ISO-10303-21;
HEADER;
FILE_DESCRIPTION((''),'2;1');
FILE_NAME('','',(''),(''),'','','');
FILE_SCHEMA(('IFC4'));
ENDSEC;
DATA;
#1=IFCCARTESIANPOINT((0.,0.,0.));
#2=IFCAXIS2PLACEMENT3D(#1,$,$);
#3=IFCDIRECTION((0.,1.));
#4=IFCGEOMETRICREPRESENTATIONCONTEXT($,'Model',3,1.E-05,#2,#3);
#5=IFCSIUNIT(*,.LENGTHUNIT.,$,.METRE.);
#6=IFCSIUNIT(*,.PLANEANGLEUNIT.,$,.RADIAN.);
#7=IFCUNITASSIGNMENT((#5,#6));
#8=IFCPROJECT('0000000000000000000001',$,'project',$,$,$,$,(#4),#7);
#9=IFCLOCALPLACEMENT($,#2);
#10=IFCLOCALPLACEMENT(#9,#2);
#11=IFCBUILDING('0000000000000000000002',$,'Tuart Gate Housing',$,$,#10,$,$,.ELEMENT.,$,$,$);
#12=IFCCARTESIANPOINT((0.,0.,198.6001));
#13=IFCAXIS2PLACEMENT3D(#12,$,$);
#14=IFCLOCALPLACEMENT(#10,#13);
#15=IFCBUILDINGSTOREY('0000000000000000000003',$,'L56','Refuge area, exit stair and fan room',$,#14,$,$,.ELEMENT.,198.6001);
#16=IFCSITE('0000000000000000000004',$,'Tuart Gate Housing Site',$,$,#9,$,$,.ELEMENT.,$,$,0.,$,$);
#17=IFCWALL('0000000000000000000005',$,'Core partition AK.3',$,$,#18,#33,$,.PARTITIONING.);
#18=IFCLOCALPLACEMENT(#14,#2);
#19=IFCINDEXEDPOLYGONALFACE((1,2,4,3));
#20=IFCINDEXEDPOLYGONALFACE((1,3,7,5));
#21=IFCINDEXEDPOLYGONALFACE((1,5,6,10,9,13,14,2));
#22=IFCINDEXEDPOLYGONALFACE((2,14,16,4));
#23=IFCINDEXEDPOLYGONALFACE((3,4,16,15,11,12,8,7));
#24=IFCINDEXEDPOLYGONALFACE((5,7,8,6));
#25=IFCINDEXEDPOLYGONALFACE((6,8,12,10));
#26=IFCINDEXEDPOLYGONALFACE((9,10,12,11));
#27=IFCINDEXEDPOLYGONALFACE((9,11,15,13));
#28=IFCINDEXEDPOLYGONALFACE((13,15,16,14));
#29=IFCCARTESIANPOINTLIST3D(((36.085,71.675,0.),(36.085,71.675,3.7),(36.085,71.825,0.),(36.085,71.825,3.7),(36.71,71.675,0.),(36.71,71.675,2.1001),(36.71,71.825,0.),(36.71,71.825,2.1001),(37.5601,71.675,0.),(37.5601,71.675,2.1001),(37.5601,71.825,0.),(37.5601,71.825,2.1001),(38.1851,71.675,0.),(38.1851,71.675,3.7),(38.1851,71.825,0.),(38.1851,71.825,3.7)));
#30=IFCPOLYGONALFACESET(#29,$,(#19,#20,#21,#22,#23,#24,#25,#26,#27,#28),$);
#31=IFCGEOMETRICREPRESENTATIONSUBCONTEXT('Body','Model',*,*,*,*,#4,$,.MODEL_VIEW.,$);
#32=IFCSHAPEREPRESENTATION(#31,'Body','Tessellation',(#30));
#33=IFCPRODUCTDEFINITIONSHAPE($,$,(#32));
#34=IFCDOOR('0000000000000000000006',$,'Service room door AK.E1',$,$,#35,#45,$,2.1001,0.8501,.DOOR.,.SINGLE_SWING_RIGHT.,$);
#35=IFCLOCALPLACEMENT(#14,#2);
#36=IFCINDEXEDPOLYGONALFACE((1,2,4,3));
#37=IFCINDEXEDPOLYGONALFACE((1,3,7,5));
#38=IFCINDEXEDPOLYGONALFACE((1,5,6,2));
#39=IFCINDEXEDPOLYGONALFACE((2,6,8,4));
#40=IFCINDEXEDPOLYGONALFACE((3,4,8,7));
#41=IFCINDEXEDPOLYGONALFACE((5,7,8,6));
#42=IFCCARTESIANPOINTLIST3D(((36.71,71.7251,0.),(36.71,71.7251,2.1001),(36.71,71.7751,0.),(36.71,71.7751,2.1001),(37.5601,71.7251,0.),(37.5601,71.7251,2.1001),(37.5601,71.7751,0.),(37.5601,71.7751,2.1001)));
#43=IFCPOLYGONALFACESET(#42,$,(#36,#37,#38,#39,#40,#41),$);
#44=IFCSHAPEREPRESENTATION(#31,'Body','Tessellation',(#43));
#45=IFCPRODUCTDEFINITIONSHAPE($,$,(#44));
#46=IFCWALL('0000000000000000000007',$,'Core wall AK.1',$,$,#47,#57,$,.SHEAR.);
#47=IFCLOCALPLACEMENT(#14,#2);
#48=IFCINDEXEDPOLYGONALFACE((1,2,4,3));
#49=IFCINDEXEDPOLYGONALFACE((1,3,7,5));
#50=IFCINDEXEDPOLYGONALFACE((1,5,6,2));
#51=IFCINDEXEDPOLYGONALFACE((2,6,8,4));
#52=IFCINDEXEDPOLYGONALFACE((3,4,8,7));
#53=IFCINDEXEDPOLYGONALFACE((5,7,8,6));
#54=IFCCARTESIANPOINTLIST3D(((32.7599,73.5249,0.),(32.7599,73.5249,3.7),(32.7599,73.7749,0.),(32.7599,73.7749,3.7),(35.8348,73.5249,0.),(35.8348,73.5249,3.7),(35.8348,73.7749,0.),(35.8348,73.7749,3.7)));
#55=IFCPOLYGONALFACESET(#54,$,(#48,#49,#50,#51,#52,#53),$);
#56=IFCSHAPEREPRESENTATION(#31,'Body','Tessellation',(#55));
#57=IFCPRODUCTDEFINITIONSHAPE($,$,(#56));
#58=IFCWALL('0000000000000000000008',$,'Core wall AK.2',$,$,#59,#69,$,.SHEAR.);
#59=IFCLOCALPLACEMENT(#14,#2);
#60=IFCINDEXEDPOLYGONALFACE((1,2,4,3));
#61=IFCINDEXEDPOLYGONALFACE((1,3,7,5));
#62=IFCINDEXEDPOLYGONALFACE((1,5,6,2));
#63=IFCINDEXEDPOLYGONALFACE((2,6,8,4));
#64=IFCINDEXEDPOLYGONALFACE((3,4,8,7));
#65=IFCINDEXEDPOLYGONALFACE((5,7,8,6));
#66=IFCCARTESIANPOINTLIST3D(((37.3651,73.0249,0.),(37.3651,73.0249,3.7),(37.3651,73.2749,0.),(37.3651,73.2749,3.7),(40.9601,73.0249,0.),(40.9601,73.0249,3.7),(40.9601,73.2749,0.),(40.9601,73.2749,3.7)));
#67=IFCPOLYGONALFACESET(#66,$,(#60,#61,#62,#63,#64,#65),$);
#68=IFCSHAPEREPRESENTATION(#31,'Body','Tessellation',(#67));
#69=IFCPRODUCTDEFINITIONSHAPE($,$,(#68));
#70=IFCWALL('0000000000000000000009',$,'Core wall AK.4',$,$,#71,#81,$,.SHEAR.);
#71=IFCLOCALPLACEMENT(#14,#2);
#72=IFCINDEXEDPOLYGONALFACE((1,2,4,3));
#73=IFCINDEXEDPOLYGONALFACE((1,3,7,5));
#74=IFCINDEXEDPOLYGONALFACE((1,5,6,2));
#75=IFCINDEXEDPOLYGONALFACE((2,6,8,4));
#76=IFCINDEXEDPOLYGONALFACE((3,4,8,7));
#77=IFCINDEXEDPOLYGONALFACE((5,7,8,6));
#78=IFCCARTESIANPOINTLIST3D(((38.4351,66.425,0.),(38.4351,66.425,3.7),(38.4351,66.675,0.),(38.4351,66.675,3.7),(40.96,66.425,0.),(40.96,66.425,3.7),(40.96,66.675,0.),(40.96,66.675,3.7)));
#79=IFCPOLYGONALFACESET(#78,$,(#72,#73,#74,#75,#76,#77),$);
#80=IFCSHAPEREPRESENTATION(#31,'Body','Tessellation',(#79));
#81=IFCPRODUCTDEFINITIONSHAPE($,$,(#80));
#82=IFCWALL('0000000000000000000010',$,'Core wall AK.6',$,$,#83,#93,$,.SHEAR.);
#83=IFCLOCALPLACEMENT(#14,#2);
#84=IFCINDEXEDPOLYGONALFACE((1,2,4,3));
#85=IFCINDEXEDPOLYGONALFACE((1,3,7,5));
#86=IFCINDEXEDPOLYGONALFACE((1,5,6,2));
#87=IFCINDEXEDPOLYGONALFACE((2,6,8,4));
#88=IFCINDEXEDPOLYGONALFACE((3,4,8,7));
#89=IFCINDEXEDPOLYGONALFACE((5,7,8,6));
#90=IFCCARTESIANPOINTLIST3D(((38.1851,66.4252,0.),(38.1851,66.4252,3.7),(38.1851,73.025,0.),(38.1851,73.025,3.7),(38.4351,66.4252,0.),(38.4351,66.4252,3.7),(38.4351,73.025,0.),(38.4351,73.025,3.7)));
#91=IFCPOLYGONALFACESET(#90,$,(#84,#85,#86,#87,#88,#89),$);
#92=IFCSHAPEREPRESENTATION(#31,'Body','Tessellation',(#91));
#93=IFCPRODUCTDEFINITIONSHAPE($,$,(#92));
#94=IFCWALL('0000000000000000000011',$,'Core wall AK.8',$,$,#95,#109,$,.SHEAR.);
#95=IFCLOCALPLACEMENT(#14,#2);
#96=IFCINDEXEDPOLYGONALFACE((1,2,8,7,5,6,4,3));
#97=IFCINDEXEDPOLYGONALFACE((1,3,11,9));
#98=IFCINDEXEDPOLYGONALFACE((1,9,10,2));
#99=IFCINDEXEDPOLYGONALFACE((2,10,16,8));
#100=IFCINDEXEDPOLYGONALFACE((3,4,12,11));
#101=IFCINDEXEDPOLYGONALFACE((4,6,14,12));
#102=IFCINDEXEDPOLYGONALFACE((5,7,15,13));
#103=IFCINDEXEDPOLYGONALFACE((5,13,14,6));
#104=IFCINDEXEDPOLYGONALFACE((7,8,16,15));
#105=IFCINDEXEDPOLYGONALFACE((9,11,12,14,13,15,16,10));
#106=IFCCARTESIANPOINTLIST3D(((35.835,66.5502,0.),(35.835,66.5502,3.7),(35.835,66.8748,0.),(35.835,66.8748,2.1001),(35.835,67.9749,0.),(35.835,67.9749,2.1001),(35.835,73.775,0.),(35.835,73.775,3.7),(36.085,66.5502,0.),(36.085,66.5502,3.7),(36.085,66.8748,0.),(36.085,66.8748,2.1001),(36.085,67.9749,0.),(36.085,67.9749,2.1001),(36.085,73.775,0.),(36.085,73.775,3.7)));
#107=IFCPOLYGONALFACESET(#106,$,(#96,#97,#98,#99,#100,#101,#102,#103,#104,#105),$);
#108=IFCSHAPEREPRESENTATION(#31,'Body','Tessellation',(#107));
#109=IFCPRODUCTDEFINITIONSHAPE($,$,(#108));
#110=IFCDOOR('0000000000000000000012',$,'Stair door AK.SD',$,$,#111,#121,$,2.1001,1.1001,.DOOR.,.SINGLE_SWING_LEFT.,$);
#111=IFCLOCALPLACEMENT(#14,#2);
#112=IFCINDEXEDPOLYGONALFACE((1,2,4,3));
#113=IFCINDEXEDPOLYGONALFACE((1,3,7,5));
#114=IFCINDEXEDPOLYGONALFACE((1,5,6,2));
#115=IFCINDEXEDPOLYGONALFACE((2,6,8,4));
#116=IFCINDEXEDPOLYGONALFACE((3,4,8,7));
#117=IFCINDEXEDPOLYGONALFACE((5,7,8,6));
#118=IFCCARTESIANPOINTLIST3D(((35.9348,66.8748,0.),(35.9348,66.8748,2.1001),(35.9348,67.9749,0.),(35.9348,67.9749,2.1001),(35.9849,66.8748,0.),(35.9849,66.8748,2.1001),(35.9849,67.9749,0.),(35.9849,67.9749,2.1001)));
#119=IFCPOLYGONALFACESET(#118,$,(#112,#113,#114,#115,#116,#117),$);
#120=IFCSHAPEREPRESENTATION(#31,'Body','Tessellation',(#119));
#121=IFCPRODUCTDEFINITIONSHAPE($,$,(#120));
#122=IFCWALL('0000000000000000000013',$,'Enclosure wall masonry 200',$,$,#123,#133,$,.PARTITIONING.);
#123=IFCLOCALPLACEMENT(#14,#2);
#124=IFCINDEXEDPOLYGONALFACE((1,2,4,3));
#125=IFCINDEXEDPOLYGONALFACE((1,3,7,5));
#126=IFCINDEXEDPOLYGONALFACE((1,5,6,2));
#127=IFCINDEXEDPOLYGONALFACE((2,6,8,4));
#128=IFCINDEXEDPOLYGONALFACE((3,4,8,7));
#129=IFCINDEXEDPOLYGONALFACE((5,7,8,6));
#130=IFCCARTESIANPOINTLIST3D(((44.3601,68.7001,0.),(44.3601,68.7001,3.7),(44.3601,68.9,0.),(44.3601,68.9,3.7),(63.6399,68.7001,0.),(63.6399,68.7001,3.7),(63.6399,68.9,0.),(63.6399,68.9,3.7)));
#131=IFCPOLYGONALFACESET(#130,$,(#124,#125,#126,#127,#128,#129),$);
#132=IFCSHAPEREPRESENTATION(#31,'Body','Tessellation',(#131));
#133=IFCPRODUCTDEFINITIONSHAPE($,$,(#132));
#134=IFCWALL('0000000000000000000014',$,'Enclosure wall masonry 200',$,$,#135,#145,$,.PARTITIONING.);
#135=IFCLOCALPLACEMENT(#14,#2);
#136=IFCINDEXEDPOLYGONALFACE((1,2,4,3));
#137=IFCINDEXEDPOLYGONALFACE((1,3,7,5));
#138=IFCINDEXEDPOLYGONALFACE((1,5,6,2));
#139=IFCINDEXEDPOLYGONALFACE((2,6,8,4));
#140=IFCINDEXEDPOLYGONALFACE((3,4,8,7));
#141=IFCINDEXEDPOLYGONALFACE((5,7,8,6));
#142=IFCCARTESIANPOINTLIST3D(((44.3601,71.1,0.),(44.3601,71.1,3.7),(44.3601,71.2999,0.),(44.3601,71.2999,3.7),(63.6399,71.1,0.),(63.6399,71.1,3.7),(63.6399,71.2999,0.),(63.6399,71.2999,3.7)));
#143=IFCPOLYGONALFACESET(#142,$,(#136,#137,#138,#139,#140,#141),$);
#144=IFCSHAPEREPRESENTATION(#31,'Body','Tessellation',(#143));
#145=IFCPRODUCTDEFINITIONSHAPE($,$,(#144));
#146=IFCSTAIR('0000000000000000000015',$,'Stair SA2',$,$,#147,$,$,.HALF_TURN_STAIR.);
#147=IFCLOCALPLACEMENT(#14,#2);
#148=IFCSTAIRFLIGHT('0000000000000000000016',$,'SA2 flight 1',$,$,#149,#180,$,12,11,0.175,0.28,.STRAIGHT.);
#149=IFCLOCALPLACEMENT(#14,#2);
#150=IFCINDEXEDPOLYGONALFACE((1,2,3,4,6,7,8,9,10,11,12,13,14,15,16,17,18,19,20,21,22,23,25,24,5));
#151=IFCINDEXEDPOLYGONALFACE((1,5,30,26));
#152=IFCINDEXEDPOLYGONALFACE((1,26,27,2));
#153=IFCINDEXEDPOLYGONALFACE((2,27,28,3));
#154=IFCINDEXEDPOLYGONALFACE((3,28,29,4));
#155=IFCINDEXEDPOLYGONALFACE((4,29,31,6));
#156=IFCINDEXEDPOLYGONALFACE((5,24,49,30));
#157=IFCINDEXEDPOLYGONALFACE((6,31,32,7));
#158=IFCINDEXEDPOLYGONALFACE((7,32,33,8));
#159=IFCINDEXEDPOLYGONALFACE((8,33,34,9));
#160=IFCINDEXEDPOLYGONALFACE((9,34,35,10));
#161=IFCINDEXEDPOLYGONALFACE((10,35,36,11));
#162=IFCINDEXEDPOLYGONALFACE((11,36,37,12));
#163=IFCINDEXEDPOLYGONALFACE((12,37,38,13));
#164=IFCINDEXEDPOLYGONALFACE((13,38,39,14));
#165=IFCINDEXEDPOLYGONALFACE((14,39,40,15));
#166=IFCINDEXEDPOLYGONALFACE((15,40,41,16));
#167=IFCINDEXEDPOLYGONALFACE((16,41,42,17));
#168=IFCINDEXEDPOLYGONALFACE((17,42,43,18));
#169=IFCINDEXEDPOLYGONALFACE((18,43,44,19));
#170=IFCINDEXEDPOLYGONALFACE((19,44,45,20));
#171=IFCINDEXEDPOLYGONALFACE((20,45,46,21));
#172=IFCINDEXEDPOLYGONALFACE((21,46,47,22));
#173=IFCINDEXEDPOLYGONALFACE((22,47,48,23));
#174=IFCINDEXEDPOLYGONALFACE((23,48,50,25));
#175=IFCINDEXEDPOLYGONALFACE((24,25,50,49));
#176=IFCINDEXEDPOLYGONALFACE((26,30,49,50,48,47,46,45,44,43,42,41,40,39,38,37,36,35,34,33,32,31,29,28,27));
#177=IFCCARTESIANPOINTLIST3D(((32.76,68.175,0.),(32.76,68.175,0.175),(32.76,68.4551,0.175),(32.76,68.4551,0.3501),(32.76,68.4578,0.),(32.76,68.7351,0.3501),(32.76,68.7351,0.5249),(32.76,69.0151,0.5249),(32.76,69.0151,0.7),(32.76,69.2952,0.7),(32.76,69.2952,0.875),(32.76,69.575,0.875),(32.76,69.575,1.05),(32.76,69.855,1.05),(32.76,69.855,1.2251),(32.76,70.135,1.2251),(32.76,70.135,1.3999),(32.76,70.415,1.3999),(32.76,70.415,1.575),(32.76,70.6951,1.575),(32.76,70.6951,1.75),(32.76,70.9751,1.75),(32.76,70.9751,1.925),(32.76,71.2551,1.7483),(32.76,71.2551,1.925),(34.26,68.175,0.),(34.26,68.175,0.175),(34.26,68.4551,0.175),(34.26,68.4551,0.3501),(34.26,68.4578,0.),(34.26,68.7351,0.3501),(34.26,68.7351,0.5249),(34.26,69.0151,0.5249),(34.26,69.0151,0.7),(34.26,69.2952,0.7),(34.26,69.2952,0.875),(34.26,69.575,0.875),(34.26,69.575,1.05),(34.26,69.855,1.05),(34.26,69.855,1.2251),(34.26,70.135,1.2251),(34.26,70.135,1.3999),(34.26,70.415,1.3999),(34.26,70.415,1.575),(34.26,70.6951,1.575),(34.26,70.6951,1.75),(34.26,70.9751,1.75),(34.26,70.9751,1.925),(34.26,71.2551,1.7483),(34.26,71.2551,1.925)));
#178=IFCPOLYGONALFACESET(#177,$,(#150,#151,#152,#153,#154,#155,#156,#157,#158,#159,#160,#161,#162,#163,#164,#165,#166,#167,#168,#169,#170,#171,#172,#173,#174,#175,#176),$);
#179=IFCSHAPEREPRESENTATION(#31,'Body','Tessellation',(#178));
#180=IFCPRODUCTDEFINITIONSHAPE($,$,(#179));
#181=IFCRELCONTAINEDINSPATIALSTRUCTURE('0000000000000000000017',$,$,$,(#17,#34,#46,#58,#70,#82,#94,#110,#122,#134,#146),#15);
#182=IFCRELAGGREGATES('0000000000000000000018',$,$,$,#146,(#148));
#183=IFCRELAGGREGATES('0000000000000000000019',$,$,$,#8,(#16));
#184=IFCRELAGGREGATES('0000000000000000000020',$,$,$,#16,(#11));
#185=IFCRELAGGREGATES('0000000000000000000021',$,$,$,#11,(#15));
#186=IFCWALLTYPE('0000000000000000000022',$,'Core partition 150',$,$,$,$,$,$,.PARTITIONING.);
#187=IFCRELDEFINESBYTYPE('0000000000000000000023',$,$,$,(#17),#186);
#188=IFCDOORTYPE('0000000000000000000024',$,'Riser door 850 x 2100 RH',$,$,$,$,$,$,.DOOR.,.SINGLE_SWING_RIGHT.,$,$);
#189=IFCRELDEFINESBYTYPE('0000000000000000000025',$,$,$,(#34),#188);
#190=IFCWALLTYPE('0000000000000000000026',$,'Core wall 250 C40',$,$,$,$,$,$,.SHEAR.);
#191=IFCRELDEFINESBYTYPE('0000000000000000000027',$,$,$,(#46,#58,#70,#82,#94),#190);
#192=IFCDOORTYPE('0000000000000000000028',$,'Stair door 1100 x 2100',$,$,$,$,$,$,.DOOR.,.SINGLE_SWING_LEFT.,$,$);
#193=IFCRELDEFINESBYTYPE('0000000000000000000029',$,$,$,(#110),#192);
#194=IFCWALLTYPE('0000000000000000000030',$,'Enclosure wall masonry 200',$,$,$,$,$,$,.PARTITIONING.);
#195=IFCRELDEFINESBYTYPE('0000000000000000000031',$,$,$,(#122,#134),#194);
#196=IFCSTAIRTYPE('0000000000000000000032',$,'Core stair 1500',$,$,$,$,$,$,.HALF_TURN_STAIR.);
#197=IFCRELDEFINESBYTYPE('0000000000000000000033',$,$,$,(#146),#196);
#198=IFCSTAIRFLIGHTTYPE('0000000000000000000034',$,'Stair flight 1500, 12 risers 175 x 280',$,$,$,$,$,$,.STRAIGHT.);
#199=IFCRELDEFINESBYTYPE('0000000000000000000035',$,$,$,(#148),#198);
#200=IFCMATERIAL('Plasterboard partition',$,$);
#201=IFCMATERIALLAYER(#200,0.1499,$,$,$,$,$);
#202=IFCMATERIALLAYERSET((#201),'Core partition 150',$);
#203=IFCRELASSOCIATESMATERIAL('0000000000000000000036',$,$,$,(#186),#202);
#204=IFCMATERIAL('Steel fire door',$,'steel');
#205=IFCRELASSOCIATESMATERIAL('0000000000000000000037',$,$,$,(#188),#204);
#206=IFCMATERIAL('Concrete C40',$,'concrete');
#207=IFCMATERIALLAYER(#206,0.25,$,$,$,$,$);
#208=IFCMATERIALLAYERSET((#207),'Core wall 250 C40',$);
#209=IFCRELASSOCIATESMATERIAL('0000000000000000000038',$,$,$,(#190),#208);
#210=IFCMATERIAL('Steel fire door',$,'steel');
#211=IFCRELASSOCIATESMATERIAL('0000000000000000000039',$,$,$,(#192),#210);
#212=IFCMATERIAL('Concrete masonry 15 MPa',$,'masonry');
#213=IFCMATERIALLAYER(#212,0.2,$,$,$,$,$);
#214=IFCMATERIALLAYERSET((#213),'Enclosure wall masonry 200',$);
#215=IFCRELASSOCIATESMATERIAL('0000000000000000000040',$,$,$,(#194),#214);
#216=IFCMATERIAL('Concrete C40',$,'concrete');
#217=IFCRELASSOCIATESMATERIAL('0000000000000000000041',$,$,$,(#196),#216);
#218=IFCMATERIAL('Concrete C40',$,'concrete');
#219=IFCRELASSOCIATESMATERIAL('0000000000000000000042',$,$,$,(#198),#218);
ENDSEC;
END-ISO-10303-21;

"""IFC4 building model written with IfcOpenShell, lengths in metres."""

from ifc_helpers import new_model, si_unit, direction, frame, frame_2d, origin, place, context, subcontext, project, spatial, polyline, rectangle, outline, extrude, material, layer, layer_set, type_object, element, fill, aggregate, save


model = new_model("IFC4")

# Units and contexts
model_context = context("Model", 3, precision=1e-05, world=origin(), true_north=direction((0.0, 1.0)))
body_context = subcontext(model_context, "Body", "Model", "MODEL_VIEW")
ifc_project = project(units=[si_unit("LENGTHUNIT", "METRE"), si_unit("PLANEANGLEUNIT", "RADIAN")], contexts=[model_context])

# Site, building, storey
site_placement = place(None, origin())
site = spatial("IfcSite", under=ifc_project, at=site_placement, Name="Tuart Gate Housing Site", CompositionType="ELEMENT", RefElevation=0.0)
building_placement = place(site_placement, origin())
building = spatial("IfcBuilding", under=site, at=building_placement, Name="Tuart Gate Housing", CompositionType="ELEMENT")
storey_placement = place(building_placement, frame((0.0, 0.0, 198.6001)))
storey = spatial("IfcBuildingStorey", under=building, at=storey_placement, Name="L56", Description="Refuge area, exit stair and fan room", CompositionType="ELEMENT", Elevation=198.6001)

# Wall, opening, door
ifc_material_1 = material(Name="Plasterboard partition")
ifc_layer_1 = layer(ifc_material_1, 0.1499)
ifc_layer_set_1 = layer_set([ifc_layer_1], Name="Core partition 150")
wall_type_1 = type_object("IfcWallType", Name="Core partition 150", PredefinedType="PARTITIONING", material=ifc_layer_set_1)
wall_1_placement = place(storey_placement, frame((38.1851, 71.75, 0.0), z_axis=(0.0, 0.0, 1.0), x_axis=(-1.0, 0.0, 0.0)))
wall_1 = element("IfcWall", 1, at=wall_1_placement, inside=storey, type_object=wall_type_1, Name="Core partition AK.3", PredefinedType="PARTITIONING", context=body_context, shape_type="SweptSolid", body=[
    extrude(rectangle(XDim=2.1001, YDim=0.1499, at=frame_2d((1.05, 0.0))), origin(), (0.0, 0.0, 1.0), 3.7),
])
opening_1_placement = place(wall_1_placement, frame((0.625, 0.0, 0.0)))
opening_1 = element("IfcOpeningElement", 2, at=opening_1_placement, cuts=wall_1, PredefinedType="OPENING", context=body_context, shape_type="SweptSolid", body=[
    extrude(rectangle(XDim=0.8501, YDim=2.1001, at=frame_2d((0.425, 1.05))), frame((0.0, 0.085, 0.0), z_axis=(0.0, -1.0, 0.0), x_axis=(1.0, 0.0, 0.0)), (0.0, 0.0, 1.0), 0.1699),
])
ifc_material_2 = material(Name="Steel fire door", Category="steel")
door_type_1 = type_object("IfcDoorType", Name="Riser door 850 x 2100 RH", OperationType="SINGLE_SWING_RIGHT", PredefinedType="DOOR", material=ifc_material_2)
door_1_placement = place(opening_1_placement, frame((0.8501, 0.0, 0.0), z_axis=(0.0, 0.0, 1.0), x_axis=(-1.0, 0.0, 0.0)))
door_1 = element("IfcDoor", 3, at=door_1_placement, inside=storey, type_object=door_type_1, Name="Service room door AK.E1", OperationType="SINGLE_SWING_RIGHT", OverallHeight=2.1001, OverallWidth=0.8501, PredefinedType="DOOR", context=body_context, shape_type="SweptSolid", body=[
    extrude(rectangle(XDim=0.8501, YDim=2.1001, at=frame_2d((0.425, 1.05))), frame((0.0, 0.0251, 0.0), z_axis=(0.0, -1.0, 0.0), x_axis=(1.0, 0.0, 0.0)), (0.0, 0.0, 1.0), 0.05),
])
fill(opening_1, door_1)

# Walls
ifc_material_3 = material(Name="Concrete C40", Category="concrete")
ifc_layer_2 = layer(ifc_material_3, 0.25)
ifc_layer_set_2 = layer_set([ifc_layer_2], Name="Core wall 250 C40")
wall_type_2 = type_object("IfcWallType", Name="Core wall 250 C40", PredefinedType="SHEAR", material=ifc_layer_set_2)
wall_2_placement = place(storey_placement, frame((35.835, 73.6499, 0.0), z_axis=(0.0, 0.0, 1.0), x_axis=(-1.0, 0.0, 0.0)))
element("IfcWall", 4, at=wall_2_placement, inside=storey, type_object=wall_type_2, Name="Core wall AK.1", PredefinedType="SHEAR", context=body_context, shape_type="SweptSolid", body=[
    extrude(rectangle(XDim=3.075, YDim=0.25, at=frame_2d((1.5376, 0.0))), origin(), (0.0, 0.0, 1.0), 3.7),
])
wall_3_placement = place(storey_placement, frame((40.96, 73.1499, 0.0), z_axis=(0.0, 0.0, 1.0), x_axis=(-1.0, 0.0, 0.0)))
element("IfcWall", 5, at=wall_3_placement, inside=storey, type_object=wall_type_2, Name="Core wall AK.2", PredefinedType="SHEAR", context=body_context, shape_type="SweptSolid", body=[
    extrude(rectangle(XDim=3.595, YDim=0.25, at=frame_2d((1.7974, 0.0))), origin(), (0.0, 0.0, 1.0), 3.7),
])
wall_4_placement = place(storey_placement, frame((40.96, 66.55, 0.0), z_axis=(0.0, 0.0, 1.0), x_axis=(-1.0, 0.0, 0.0)))
element("IfcWall", 6, at=wall_4_placement, inside=storey, type_object=wall_type_2, Name="Core wall AK.4", PredefinedType="SHEAR", context=body_context, shape_type="SweptSolid", body=[
    extrude(rectangle(XDim=2.5249, YDim=0.25, at=frame_2d((1.2625, 0.0))), origin(), (0.0, 0.0, 1.0), 3.7),
])
wall_5_placement = place(storey_placement, frame((38.3101, 73.0249, 0.0), z_axis=(0.0, 0.0, 1.0), x_axis=(0.0, -1.0, 0.0)))
element("IfcWall", 7, at=wall_5_placement, inside=storey, type_object=wall_type_2, Name="Core wall AK.6", PredefinedType="SHEAR", context=body_context, shape_type="SweptSolid", body=[
    extrude(rectangle(XDim=6.5999, YDim=0.25, at=frame_2d((3.2998, 0.0))), origin(), (0.0, 0.0, 1.0), 3.7),
])

# Wall, opening, door
wall_6_placement = place(storey_placement, frame((35.96, 73.7749, 0.0), z_axis=(0.0, 0.0, 1.0), x_axis=(0.0, -1.0, 0.0)))
wall_6 = element("IfcWall", 8, at=wall_6_placement, inside=storey, type_object=wall_type_2, Name="Core wall AK.8", PredefinedType="SHEAR", context=body_context, shape_type="SweptSolid", body=[
    extrude(rectangle(XDim=7.2249, YDim=0.25, at=frame_2d((3.6123, 0.0))), origin(), (0.0, 0.0, 1.0), 3.7),
])
opening_2_placement = place(wall_6_placement, frame((5.8, 0.0, 0.0)))
opening_2 = element("IfcOpeningElement", 9, at=opening_2_placement, cuts=wall_6, PredefinedType="OPENING", context=body_context, shape_type="SweptSolid", body=[
    extrude(rectangle(XDim=1.1001, YDim=2.1001, at=frame_2d((0.55, 1.05))), frame((0.0, 0.135, 0.0), z_axis=(0.0, -1.0, 0.0), x_axis=(1.0, 0.0, 0.0)), (0.0, 0.0, 1.0), 0.27),
])
ifc_material_4 = material(Name="Steel fire door", Category="steel")
door_type_2 = type_object("IfcDoorType", Name="Stair door 1100 x 2100", OperationType="SINGLE_SWING_LEFT", PredefinedType="DOOR", material=ifc_material_4)
door_2_placement = place(opening_2_placement, frame((1.1001, 0.0, 0.0), z_axis=(0.0, 0.0, 1.0), x_axis=(-1.0, 0.0, 0.0)))
door_2 = element("IfcDoor", 10, at=door_2_placement, inside=storey, type_object=door_type_2, Name="Stair door AK.SD", OperationType="SINGLE_SWING_LEFT", OverallHeight=2.1001, OverallWidth=1.1001, PredefinedType="DOOR", context=body_context, shape_type="SweptSolid", body=[
    extrude(rectangle(XDim=1.1001, YDim=2.1001, at=frame_2d((0.55, 1.05))), frame((0.0, 0.0251, 0.0), z_axis=(0.0, -1.0, 0.0), x_axis=(1.0, 0.0, 0.0)), (0.0, 0.0, 1.0), 0.05),
])
fill(opening_2, door_2)

# Walls
ifc_material_5 = material(Name="Concrete masonry 15 MPa", Category="masonry")
ifc_layer_3 = layer(ifc_material_5, 0.2)
ifc_layer_set_3 = layer_set([ifc_layer_3], Name="Enclosure wall masonry 200")
wall_type_3 = type_object("IfcWallType", Name="Enclosure wall masonry 200", PredefinedType="PARTITIONING", material=ifc_layer_set_3)
for number, where, z_axis, x_axis, name in (
    (11, (44.3601, 68.8, 0.0), (0.0, 0.0, 1.0), (1.0, 0.0, 0.0), "Enclosure wall masonry 200"),
    (12, (44.3601, 71.2, 0.0), (0.0, 0.0, 1.0), (1.0, 0.0, 0.0), "Enclosure wall masonry 200"),
):
    element("IfcWall", number, at=place(storey_placement, frame(where, z_axis=z_axis, x_axis=x_axis)), inside=storey, type_object=wall_type_3, Name=name, PredefinedType="PARTITIONING", context=body_context, shape_type="SweptSolid", body=[
        extrude(rectangle(XDim=19.2798, YDim=0.2, at=frame_2d((9.6399, 0.0))), origin(), (0.0, 0.0, 1.0), 3.7),
    ])

# Stair, stair flight
ifc_material_6 = material(Name="Concrete C40", Category="concrete")
stair_type = type_object("IfcStairType", Name="Core stair 1500", PredefinedType="HALF_TURN_STAIR", material=ifc_material_6)
stair_placement = place(storey_placement, origin())
stair = element("IfcStair", 13, at=stair_placement, inside=storey, type_object=stair_type, Name="Stair SA2", PredefinedType="HALF_TURN_STAIR")
ifc_material_7 = material(Name="Concrete C40", Category="concrete")
stair_flight_type = type_object("IfcStairFlightType", Name="Stair flight 1500, 12 risers 175 x 280", PredefinedType="STRAIGHT", material=ifc_material_7)
stair_flight_1_placement = place(storey_placement, frame((33.51, 68.175, 0.0), z_axis=(0.0, 0.0, 1.0), x_axis=(0.0, 1.0, 0.0)))
stair_flight_1 = element("IfcStairFlight", 14, at=stair_flight_1_placement, type_object=stair_flight_type, Name="SA2 flight 1", NumberOfRisers=12, NumberOfTreads=11, PredefinedType="STRAIGHT", RiserHeight=0.175, TreadLength=0.28, context=body_context, shape_type="SweptSolid", body=[
    extrude(outline(polyline([(0.0, 0.0), (0.0, 0.175), (0.28, 0.175), (0.28, 0.3501), (0.5601, 0.3501), (0.5601, 0.5249), (0.8401, 0.5249), (0.8401, 0.7), (1.1201, 0.7), (1.1201, 0.875), (1.3999, 0.875), (1.3999, 1.05), (1.6799, 1.05), (1.6799, 1.2251), (1.96, 1.2251), (1.96, 1.3999), (2.24, 1.3999), (2.24, 1.575), (2.52, 1.575), (2.52, 1.75), (2.8, 1.75), (2.8, 1.925), (3.0801, 1.925), (3.0801, 2.1001), (3.0801, 1.7483), (0.2827, 0.0), (0.0, 0.0)])), frame((0.0, 0.75, 0.0), z_axis=(0.0, -1.0, 0.0), x_axis=(1.0, 0.0, 0.0)), (0.0, 0.0, 1.0), 1.5),
])
aggregate(stair, [stair_flight_1])

save(model, "model.ifc")
